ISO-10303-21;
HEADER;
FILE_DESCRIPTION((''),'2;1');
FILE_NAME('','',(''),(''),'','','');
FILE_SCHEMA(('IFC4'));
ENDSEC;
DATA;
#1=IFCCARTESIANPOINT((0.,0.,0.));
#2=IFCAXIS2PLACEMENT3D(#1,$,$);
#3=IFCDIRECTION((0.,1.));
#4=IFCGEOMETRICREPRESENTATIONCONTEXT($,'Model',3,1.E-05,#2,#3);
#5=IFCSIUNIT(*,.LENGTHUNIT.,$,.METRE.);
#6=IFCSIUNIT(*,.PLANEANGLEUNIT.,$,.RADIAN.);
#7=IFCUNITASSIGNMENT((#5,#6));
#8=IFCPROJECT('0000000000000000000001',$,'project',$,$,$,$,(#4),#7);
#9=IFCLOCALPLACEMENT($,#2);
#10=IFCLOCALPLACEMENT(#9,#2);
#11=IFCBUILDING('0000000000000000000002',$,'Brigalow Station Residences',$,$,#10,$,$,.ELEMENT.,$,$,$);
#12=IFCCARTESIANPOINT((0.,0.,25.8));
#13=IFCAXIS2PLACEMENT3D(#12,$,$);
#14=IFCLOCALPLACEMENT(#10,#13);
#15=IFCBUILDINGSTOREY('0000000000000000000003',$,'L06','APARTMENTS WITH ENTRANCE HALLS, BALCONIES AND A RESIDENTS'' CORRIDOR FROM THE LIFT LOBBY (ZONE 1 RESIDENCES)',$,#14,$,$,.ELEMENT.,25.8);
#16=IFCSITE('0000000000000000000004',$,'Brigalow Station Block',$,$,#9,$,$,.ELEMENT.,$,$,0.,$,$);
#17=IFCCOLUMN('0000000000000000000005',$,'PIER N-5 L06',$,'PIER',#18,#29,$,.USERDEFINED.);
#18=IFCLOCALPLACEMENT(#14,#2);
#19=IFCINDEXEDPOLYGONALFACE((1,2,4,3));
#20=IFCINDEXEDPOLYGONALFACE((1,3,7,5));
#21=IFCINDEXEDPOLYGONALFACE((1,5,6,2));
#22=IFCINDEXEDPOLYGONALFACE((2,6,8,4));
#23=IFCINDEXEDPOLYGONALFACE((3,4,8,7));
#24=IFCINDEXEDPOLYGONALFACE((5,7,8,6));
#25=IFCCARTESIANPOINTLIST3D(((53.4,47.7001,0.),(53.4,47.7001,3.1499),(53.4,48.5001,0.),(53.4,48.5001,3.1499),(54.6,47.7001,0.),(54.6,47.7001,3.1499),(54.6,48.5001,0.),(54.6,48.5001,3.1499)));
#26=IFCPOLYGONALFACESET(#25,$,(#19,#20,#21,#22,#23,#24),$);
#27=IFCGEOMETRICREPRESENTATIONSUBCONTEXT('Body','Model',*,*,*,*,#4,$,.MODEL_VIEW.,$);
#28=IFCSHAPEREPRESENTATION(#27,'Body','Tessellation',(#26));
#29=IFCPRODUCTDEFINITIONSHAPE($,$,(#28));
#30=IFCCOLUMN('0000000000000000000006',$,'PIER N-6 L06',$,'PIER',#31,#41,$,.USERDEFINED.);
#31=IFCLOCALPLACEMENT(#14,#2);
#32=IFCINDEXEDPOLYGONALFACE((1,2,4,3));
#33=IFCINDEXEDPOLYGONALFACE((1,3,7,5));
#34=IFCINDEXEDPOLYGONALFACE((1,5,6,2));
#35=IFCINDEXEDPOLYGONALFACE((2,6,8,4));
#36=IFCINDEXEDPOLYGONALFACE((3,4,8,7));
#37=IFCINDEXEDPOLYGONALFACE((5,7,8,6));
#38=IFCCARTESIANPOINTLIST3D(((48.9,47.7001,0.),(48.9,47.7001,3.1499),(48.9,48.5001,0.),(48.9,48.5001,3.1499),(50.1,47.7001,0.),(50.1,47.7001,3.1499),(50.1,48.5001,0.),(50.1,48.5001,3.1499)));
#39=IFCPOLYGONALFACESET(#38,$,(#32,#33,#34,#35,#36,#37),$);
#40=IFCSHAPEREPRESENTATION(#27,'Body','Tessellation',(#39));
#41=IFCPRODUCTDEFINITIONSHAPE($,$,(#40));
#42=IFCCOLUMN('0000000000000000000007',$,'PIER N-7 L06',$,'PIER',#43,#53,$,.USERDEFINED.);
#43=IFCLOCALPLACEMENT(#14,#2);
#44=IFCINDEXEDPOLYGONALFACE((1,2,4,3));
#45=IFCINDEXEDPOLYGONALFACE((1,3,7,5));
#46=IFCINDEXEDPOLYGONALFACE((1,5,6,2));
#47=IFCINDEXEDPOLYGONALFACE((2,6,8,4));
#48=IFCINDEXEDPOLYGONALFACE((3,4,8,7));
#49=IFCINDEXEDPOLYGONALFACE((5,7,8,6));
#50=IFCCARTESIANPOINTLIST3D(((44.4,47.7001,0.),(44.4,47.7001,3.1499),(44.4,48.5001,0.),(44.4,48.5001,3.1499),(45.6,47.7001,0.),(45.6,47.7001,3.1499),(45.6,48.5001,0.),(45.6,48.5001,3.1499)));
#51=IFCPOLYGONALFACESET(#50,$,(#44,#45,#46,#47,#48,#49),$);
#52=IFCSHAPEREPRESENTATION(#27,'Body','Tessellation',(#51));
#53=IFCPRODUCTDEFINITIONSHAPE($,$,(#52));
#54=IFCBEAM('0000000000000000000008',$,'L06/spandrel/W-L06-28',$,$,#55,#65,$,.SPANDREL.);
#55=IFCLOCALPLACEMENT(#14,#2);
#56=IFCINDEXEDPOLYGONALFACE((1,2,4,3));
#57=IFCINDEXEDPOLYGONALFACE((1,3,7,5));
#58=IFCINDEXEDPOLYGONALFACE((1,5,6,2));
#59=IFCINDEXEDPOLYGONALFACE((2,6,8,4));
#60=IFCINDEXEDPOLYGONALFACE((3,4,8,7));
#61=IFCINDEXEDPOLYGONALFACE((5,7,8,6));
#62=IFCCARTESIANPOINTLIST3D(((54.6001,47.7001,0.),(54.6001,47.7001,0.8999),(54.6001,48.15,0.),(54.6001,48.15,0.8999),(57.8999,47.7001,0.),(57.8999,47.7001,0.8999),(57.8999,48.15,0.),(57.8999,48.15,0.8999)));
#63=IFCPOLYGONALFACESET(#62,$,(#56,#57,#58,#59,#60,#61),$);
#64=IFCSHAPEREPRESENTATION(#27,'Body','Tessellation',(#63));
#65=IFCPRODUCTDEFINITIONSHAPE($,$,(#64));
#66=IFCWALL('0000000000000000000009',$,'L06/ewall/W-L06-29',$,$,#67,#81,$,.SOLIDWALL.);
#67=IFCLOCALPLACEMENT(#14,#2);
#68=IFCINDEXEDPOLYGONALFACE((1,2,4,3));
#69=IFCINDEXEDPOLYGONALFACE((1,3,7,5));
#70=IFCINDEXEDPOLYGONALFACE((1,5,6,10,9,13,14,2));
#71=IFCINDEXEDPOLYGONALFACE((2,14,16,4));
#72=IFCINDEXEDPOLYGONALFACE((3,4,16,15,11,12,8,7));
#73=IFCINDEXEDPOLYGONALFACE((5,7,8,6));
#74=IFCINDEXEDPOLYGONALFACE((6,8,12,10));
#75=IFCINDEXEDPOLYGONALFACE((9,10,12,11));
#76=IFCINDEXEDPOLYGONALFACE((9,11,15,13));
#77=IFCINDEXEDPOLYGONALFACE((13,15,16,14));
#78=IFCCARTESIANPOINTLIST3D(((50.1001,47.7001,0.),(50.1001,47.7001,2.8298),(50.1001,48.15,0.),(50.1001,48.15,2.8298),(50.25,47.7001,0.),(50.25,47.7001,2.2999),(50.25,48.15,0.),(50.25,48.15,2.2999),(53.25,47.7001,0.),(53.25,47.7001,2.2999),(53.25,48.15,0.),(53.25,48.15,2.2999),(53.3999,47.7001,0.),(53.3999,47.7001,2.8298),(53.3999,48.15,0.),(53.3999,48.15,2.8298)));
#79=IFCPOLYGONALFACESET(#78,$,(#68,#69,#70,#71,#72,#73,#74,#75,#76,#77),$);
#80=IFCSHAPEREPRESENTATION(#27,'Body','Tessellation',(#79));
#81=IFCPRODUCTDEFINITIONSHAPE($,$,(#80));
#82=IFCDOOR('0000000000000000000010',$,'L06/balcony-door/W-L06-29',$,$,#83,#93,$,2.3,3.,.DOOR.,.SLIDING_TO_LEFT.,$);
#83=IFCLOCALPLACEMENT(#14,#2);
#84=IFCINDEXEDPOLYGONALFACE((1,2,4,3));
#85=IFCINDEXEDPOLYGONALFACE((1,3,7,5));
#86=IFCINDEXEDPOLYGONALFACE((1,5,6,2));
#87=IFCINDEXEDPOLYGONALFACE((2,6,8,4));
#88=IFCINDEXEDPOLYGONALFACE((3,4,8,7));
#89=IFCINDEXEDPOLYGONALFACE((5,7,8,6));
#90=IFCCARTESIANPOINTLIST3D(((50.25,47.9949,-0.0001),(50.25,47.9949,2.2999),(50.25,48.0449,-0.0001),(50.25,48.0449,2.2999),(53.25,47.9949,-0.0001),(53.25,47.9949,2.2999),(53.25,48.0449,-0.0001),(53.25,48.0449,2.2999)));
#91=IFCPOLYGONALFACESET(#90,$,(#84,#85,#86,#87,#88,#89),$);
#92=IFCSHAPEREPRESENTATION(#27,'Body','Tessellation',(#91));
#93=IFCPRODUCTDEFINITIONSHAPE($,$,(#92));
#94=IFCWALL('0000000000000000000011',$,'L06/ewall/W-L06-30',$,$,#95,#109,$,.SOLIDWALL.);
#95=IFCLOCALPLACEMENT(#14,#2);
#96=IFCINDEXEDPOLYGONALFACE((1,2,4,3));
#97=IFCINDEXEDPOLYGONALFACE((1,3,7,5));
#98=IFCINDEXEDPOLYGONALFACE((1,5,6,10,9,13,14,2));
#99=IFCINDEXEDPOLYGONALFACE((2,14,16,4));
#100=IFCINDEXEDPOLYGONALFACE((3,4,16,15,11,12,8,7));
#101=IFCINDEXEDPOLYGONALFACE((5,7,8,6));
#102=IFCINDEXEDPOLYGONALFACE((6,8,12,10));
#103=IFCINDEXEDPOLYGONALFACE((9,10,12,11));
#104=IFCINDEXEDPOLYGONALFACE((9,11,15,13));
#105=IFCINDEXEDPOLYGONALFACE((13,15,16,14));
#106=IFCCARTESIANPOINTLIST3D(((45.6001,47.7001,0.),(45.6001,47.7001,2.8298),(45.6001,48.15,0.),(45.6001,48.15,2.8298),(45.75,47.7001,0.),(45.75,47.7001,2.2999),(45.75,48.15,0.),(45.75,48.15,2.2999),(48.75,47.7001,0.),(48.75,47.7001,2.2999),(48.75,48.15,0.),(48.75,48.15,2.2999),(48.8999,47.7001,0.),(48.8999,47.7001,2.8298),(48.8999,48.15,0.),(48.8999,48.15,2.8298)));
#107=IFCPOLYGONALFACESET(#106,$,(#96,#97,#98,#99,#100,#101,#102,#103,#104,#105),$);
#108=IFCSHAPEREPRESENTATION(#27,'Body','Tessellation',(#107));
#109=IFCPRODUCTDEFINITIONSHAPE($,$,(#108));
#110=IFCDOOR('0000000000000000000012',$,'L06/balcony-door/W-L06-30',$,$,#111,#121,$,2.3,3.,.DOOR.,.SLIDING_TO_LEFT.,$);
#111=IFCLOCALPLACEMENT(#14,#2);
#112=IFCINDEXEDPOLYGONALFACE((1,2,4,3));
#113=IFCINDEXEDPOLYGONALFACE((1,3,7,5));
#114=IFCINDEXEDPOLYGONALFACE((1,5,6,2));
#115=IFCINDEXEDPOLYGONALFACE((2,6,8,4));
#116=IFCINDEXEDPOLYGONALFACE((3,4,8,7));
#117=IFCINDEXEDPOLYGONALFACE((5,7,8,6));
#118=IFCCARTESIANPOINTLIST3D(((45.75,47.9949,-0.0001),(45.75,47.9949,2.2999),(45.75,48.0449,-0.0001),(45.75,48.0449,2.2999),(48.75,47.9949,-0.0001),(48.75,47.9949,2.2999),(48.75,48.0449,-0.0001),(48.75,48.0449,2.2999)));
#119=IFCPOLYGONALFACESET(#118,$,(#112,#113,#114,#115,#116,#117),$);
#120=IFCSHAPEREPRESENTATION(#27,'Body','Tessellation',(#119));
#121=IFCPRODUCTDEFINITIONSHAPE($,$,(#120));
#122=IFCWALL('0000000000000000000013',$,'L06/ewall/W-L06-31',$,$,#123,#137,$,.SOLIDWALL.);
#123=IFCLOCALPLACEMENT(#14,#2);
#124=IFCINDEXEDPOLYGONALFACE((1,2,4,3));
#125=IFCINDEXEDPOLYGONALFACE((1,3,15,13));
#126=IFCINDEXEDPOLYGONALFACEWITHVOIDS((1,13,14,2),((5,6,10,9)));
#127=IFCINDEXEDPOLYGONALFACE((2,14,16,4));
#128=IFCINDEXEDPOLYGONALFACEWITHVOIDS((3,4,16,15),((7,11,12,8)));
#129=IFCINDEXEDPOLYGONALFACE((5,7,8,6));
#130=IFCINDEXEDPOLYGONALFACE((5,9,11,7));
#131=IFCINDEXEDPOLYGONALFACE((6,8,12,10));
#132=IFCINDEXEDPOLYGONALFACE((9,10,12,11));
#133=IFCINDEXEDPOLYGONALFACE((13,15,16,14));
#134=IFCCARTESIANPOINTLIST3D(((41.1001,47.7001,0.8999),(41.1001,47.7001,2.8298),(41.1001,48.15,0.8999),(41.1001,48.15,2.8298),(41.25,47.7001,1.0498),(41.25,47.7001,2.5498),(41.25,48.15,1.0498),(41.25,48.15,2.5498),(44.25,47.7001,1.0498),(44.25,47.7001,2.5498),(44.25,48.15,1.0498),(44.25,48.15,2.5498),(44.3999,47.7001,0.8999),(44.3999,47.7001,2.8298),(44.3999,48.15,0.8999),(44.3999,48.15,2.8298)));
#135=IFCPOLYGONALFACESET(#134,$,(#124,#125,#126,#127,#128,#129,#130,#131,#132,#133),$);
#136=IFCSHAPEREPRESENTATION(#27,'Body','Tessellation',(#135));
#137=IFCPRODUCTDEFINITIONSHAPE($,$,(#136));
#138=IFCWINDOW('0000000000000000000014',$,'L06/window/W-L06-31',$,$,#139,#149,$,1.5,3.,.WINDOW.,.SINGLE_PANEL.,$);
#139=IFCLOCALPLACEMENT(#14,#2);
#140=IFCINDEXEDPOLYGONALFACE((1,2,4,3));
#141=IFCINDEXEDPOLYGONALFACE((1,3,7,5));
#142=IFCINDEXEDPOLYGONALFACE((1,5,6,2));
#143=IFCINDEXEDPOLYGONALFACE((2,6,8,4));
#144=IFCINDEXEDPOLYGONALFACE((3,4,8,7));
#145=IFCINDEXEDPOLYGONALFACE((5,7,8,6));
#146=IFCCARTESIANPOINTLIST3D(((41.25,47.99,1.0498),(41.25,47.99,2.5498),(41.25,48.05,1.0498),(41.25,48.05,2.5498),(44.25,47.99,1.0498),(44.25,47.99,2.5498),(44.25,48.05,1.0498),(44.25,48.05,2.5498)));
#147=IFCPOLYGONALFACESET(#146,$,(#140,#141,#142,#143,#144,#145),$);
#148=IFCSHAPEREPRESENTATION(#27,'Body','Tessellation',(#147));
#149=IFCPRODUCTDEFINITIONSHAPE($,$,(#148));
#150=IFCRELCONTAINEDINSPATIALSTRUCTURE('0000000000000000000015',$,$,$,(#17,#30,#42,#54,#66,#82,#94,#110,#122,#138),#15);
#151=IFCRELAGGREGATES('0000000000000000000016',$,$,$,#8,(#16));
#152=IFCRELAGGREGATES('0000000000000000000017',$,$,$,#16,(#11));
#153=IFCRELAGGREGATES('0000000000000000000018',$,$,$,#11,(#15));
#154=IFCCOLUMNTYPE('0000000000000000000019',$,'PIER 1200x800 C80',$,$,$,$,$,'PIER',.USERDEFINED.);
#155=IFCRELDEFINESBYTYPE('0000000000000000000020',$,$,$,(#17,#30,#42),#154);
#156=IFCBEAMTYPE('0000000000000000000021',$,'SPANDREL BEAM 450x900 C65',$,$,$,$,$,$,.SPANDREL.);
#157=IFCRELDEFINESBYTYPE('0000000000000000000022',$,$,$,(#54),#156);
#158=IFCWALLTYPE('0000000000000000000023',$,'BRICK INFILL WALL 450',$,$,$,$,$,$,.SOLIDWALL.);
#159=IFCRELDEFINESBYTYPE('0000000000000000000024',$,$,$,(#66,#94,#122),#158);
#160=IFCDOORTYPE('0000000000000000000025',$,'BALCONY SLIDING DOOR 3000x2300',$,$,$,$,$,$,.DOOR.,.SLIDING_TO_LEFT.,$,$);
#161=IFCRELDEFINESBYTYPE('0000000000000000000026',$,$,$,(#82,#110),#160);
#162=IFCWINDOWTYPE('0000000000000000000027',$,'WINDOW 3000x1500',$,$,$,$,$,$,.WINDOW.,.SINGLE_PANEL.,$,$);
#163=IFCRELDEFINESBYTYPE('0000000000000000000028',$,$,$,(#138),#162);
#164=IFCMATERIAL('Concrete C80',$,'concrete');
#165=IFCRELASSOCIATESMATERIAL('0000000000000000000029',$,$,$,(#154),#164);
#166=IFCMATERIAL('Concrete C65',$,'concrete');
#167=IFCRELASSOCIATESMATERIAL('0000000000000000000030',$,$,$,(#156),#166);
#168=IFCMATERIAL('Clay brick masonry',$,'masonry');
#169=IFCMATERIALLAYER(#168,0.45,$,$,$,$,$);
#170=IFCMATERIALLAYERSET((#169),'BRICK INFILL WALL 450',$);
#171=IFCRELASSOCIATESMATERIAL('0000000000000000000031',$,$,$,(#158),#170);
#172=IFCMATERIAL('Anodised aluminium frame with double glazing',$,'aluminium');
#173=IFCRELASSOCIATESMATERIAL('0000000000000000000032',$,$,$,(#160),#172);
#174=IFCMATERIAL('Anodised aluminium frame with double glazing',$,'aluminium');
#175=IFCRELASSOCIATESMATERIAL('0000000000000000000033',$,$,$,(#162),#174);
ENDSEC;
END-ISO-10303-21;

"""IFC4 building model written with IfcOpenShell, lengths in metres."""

from ifc_helpers import new_model, si_unit, direction, frame, frame_2d, origin, origin_2d, place, context, subcontext, project, spatial, rectangle, extrude, material, layer, layer_set, material_profile, profile_set, type_object, element, fill, save


model = new_model("IFC4")

# Units and contexts
model_context = context("Model", 3, precision=1e-05, world=origin(), true_north=direction((0.0, 1.0)))
body_context = subcontext(model_context, "Body", "Model", "MODEL_VIEW")
ifc_project = project(units=[si_unit("LENGTHUNIT", "METRE"), si_unit("PLANEANGLEUNIT", "RADIAN")], contexts=[model_context])

# Site, building, storey
site_placement = place(None, origin())
site = spatial("IfcSite", under=ifc_project, at=site_placement, Name="Brigalow Station Block", CompositionType="ELEMENT", RefElevation=0.0)
building_placement = place(site_placement, origin())
building = spatial("IfcBuilding", under=site, at=building_placement, Name="Brigalow Station Residences", CompositionType="ELEMENT")
storey_placement = place(building_placement, frame((0.0, 0.0, 25.8)))
storey = spatial("IfcBuildingStorey", under=building, at=storey_placement, Name="L06", Description="APARTMENTS WITH ENTRANCE HALLS, BALCONIES AND A RESIDENTS' CORRIDOR FROM THE LIFT LOBBY (ZONE 1 RESIDENCES)", CompositionType="ELEMENT", Elevation=25.8)

# Columns
ifc_material_1 = material(Name="Concrete C80", Category="concrete")
ifc_material_profile_1 = material_profile(ifc_material_1, rectangle(XDim=1.2, YDim=0.8, at=origin_2d()), Name="RC1200x800")
ifc_profile_set_1 = profile_set([ifc_material_profile_1], Name="Concrete C80")
column_type = type_object("IfcColumnType", Name="PIER 1200x800 C80", ElementType="PIER", PredefinedType="USERDEFINED", material=ifc_profile_set_1)
for number, where, z_axis, x_axis, name in (
    (1, (54.0, 48.1001, 0.0), (0.0, 0.0, 1.0), (-1.0, 0.0, 0.0), "PIER N-5 L06"),
    (2, (49.5, 48.1001, 0.0), (0.0, 0.0, 1.0), (-1.0, 0.0, 0.0), "PIER N-6 L06"),
    (3, (45.0, 48.1001, 0.0), (0.0, 0.0, 1.0), (-1.0, 0.0, 0.0), "PIER N-7 L06"),
):
    element("IfcColumn", number, at=place(storey_placement, frame(where, z_axis=z_axis, x_axis=x_axis)), inside=storey, type_object=column_type, Name=name, ObjectType="PIER", PredefinedType="USERDEFINED", context=body_context, shape_type="SweptSolid", body=[
        extrude(rectangle(XDim=1.2, YDim=0.8, at=origin_2d()), origin(), (0.0, 0.0, 1.0), 3.1499),
    ])

# Beam
ifc_material_2 = material(Name="Concrete C65", Category="concrete")
ifc_material_profile_2 = material_profile(ifc_material_2, rectangle(XDim=0.45, YDim=0.8999, at=origin_2d()), Name="RC450x900")
ifc_profile_set_2 = profile_set([ifc_material_profile_2], Name="Concrete C65")
beam_type = type_object("IfcBeamType", Name="SPANDREL BEAM 450x900 C65", PredefinedType="SPANDREL", material=ifc_profile_set_2)
beam_placement = place(storey_placement, frame((57.8999, 47.925, 0.45), z_axis=(-1.0, 0.0, 0.0), x_axis=(0.0, -1.0, 0.0)))
element("IfcBeam", 4, at=beam_placement, inside=storey, type_object=beam_type, Name="L06/spandrel/W-L06-28", PredefinedType="SPANDREL", context=body_context, shape_type="SweptSolid", body=[
    extrude(rectangle(XDim=0.45, YDim=0.8999, at=origin_2d()), origin(), (0.0, 0.0, 1.0), 3.2998),
])

# Walls, openings, doors
ifc_material_3 = material(Name="Clay brick masonry", Category="masonry")
ifc_layer_1 = layer(ifc_material_3, 0.45)
ifc_layer_set_1 = layer_set([ifc_layer_1], Name="BRICK INFILL WALL 450")
wall_type_1 = type_object("IfcWallType", Name="BRICK INFILL WALL 450", PredefinedType="SOLIDWALL", material=ifc_layer_set_1)
wall_1_placement = place(storey_placement, frame((53.3999, 47.925, 0.0), z_axis=(0.0, 0.0, 1.0), x_axis=(-1.0, 0.0, 0.0)))
wall_1 = element("IfcWall", 5, at=wall_1_placement, inside=storey, type_object=wall_type_1, Name="L06/ewall/W-L06-29", PredefinedType="SOLIDWALL", context=body_context, shape_type="SweptSolid", body=[
    extrude(rectangle(XDim=3.2998, YDim=0.45, at=frame_2d((1.6499, 0.0))), origin(), (0.0, 0.0, 1.0), 2.8298),
])
opening_1_placement = place(wall_1_placement, frame((0.1499, 0.0, 0.0)))
opening_1 = element("IfcOpeningElement", 6, at=opening_1_placement, cuts=wall_1, PredefinedType="OPENING", context=body_context, shape_type="SweptSolid", body=[
    extrude(rectangle(XDim=3.0, YDim=2.3, at=frame_2d((1.5, 1.1499))), frame((0.0, 0.2349, 0.0), z_axis=(0.0, -1.0, 0.0), x_axis=(1.0, 0.0, 0.0)), (0.0, 0.0, 1.0), 0.47),
])
ifc_material_4 = material(Name="Anodised aluminium frame with double glazing", Category="aluminium")
door_type_1 = type_object("IfcDoorType", Name="BALCONY SLIDING DOOR 3000x2300", OperationType="SLIDING_TO_LEFT", PredefinedType="DOOR", material=ifc_material_4)
door_1_placement = place(opening_1_placement, origin())
door_1 = element("IfcDoor", 7, at=door_1_placement, inside=storey, type_object=door_type_1, Name="L06/balcony-door/W-L06-29", OperationType="SLIDING_TO_LEFT", OverallHeight=2.3, OverallWidth=3.0, PredefinedType="DOOR", context=body_context, shape_type="SweptSolid", body=[
    extrude(rectangle(XDim=3.0, YDim=2.3, at=frame_2d((1.5, 1.1499))), frame((0.0, -0.0698, 0.0), z_axis=(0.0, -1.0, 0.0), x_axis=(1.0, 0.0, 0.0)), (0.0, 0.0, 1.0), 0.05),
])
fill(opening_1, door_1)
wall_2_placement = place(storey_placement, frame((48.8999, 47.925, 0.0), z_axis=(0.0, 0.0, 1.0), x_axis=(-1.0, 0.0, 0.0)))
wall_2 = element("IfcWall", 8, at=wall_2_placement, inside=storey, type_object=wall_type_1, Name="L06/ewall/W-L06-30", PredefinedType="SOLIDWALL", context=body_context, shape_type="SweptSolid", body=[
    extrude(rectangle(XDim=3.2998, YDim=0.45, at=frame_2d((1.6499, 0.0))), origin(), (0.0, 0.0, 1.0), 2.8298),
])
opening_2_placement = place(wall_2_placement, frame((0.1499, 0.0, 0.0)))
opening_2 = element("IfcOpeningElement", 9, at=opening_2_placement, cuts=wall_2, PredefinedType="OPENING", context=body_context, shape_type="SweptSolid", body=[
    extrude(rectangle(XDim=3.0, YDim=2.3, at=frame_2d((1.5, 1.1499))), frame((0.0, 0.2349, 0.0), z_axis=(0.0, -1.0, 0.0), x_axis=(1.0, 0.0, 0.0)), (0.0, 0.0, 1.0), 0.47),
])
door_2_placement = place(opening_2_placement, origin())
door_2 = element("IfcDoor", 10, at=door_2_placement, inside=storey, type_object=door_type_1, Name="L06/balcony-door/W-L06-30", OperationType="SLIDING_TO_LEFT", OverallHeight=2.3, OverallWidth=3.0, PredefinedType="DOOR", context=body_context, shape_type="SweptSolid", body=[
    extrude(rectangle(XDim=3.0, YDim=2.3, at=frame_2d((1.5, 1.1499))), frame((0.0, -0.0698, 0.0), z_axis=(0.0, -1.0, 0.0), x_axis=(1.0, 0.0, 0.0)), (0.0, 0.0, 1.0), 0.05),
])
fill(opening_2, door_2)

# Wall, opening, window
wall_3_placement = place(storey_placement, frame((44.3999, 47.925, 0.8999), z_axis=(0.0, 0.0, 1.0), x_axis=(-1.0, 0.0, 0.0)))
wall_3 = element("IfcWall", 11, at=wall_3_placement, inside=storey, type_object=wall_type_1, Name="L06/ewall/W-L06-31", PredefinedType="SOLIDWALL", context=body_context, shape_type="SweptSolid", body=[
    extrude(rectangle(XDim=3.2998, YDim=0.45, at=frame_2d((1.6499, 0.0))), origin(), (0.0, 0.0, 1.0), 1.9299),
])
opening_3_placement = place(wall_3_placement, frame((0.1499, 0.0, 0.1499)))
opening_3 = element("IfcOpeningElement", 12, at=opening_3_placement, cuts=wall_3, PredefinedType="OPENING", context=body_context, shape_type="SweptSolid", body=[
    extrude(rectangle(XDim=3.0, YDim=1.5, at=frame_2d((1.5, 0.75))), frame((0.0, 0.2349, 0.0), z_axis=(0.0, -1.0, 0.0), x_axis=(1.0, 0.0, 0.0)), (0.0, 0.0, 1.0), 0.47),
])
ifc_material_5 = material(Name="Anodised aluminium frame with double glazing", Category="aluminium")
window_type = type_object("IfcWindowType", Name="WINDOW 3000x1500", PartitioningType="SINGLE_PANEL", PredefinedType="WINDOW", material=ifc_material_5)
window_placement = place(opening_3_placement, origin())
window = element("IfcWindow", 13, at=window_placement, inside=storey, type_object=window_type, Name="L06/window/W-L06-31", OverallHeight=1.5, OverallWidth=3.0, PartitioningType="SINGLE_PANEL", PredefinedType="WINDOW", context=body_context, shape_type="SweptSolid", body=[
    extrude(rectangle(XDim=3.0, YDim=1.5, at=frame_2d((1.5, 0.75))), frame((0.0, -0.0649, 0.0), z_axis=(0.0, -1.0, 0.0), x_axis=(1.0, 0.0, 0.0)), (0.0, 0.0, 1.0), 0.0601),
])
fill(opening_3, window)

save(model, "model.ifc")
